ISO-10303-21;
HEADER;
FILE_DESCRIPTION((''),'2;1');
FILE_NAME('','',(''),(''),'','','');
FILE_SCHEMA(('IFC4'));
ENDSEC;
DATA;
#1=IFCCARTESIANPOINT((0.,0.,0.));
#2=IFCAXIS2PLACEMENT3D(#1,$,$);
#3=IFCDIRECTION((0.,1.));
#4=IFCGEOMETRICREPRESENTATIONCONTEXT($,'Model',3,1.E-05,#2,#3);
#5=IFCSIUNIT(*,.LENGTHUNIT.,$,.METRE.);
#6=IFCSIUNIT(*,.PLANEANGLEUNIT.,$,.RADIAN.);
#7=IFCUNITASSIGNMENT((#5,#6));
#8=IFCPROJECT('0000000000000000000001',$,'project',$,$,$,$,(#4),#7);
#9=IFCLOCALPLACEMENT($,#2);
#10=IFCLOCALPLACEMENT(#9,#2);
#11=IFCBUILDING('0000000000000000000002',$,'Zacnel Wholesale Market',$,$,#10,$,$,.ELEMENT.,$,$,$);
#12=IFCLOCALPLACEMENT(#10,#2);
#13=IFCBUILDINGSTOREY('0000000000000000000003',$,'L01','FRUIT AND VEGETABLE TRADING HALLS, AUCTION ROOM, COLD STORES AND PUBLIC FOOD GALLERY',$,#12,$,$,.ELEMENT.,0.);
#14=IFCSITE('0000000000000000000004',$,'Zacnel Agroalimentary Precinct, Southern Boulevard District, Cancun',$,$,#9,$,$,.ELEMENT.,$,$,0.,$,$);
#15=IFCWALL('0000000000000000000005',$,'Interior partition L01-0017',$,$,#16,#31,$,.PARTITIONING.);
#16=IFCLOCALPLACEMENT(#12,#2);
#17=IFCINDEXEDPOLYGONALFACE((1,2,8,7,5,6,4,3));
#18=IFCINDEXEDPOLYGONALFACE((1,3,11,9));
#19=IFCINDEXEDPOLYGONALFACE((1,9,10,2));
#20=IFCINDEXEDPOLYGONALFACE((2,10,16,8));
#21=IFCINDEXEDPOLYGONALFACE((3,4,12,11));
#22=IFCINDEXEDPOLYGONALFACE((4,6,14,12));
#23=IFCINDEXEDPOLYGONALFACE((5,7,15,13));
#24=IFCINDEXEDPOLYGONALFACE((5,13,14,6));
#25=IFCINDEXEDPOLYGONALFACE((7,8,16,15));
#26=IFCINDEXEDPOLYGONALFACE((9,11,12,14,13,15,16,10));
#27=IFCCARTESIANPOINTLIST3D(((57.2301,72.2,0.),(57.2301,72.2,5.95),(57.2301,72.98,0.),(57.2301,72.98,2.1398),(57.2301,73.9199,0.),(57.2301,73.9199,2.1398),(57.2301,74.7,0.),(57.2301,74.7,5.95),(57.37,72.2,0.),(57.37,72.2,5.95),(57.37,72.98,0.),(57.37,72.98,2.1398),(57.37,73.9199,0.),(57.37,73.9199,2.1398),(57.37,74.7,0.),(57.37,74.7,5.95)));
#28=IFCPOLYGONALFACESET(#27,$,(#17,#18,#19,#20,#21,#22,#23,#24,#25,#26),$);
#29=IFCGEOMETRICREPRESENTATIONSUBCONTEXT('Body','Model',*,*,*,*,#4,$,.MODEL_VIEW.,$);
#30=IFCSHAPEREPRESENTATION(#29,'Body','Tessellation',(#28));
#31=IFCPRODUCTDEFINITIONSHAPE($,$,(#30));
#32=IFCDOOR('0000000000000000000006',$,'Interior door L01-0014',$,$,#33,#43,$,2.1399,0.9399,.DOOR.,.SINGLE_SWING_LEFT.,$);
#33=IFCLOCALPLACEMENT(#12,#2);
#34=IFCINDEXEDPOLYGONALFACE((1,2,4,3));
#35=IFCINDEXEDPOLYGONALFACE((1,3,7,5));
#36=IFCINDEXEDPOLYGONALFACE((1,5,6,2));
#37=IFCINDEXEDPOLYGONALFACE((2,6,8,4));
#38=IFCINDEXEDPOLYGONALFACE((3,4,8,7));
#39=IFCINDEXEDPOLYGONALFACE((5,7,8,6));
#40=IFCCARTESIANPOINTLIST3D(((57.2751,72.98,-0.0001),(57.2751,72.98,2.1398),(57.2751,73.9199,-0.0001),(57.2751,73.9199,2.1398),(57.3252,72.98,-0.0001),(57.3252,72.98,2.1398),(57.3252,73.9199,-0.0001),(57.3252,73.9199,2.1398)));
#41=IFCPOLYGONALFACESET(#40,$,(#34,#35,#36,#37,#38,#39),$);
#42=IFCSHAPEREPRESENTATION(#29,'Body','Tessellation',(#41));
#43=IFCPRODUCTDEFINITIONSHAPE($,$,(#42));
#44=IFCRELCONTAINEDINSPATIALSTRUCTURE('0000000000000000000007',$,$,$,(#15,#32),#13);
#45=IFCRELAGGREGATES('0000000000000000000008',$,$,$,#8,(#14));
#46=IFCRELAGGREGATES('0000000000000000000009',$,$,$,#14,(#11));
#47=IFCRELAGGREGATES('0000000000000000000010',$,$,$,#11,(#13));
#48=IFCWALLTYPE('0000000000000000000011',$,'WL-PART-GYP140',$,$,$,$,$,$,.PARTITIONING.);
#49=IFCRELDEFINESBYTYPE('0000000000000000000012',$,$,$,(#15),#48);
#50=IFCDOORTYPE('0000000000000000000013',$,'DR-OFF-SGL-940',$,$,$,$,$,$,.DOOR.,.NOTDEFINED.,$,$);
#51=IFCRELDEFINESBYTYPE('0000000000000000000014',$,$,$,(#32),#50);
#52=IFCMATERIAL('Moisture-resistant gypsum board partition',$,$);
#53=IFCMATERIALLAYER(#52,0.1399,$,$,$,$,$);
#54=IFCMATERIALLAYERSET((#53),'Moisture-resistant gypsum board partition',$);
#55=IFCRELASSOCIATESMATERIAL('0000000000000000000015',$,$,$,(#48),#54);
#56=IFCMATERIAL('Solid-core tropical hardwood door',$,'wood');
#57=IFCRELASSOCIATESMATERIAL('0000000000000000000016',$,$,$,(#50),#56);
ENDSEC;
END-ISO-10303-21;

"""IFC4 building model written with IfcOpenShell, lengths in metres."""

from ifc_helpers import new_model, si_unit, direction, frame, frame_2d, origin, place, context, subcontext, project, spatial, rectangle, extrude, material, layer, layer_set, type_object, element, fill, save


model = new_model("IFC4")

# Units and contexts
model_context = context("Model", 3, precision=1e-05, world=origin(), true_north=direction((0.0, 1.0)))
body_context = subcontext(model_context, "Body", "Model", "MODEL_VIEW")
ifc_project = project(units=[si_unit("LENGTHUNIT", "METRE"), si_unit("PLANEANGLEUNIT", "RADIAN")], contexts=[model_context])

# Site, building, storey
site_placement = place(None, origin())
site = spatial("IfcSite", under=ifc_project, at=site_placement, Name="Zacnel Agroalimentary Precinct, Southern Boulevard District, Cancun", CompositionType="ELEMENT", RefElevation=0.0)
building_placement = place(site_placement, origin())
building = spatial("IfcBuilding", under=site, at=building_placement, Name="Zacnel Wholesale Market", CompositionType="ELEMENT")
storey_placement = place(building_placement, origin())
storey = spatial("IfcBuildingStorey", under=building, at=storey_placement, Name="L01", Description="FRUIT AND VEGETABLE TRADING HALLS, AUCTION ROOM, COLD STORES AND PUBLIC FOOD GALLERY", CompositionType="ELEMENT", Elevation=0.0)

# Wall, opening, door
ifc_material_1 = material(Name="Moisture-resistant gypsum board partition")
ifc_layer_1 = layer(ifc_material_1, 0.1399)
ifc_layer_set_1 = layer_set([ifc_layer_1], Name="Moisture-resistant gypsum board partition")
wall_type_1 = type_object("IfcWallType", Name="WL-PART-GYP140", PredefinedType="PARTITIONING", material=ifc_layer_set_1)
ifc_material_2 = material(Name="Solid-core tropical hardwood door", Category="wood")
door_type_1 = type_object("IfcDoorType", Name="DR-OFF-SGL-940", OperationType="NOTDEFINED", PredefinedType="DOOR", material=ifc_material_2)
wall_1_placement = place(storey_placement, frame((57.3, 72.2, 0.0), z_axis=(0.0, 0.0, 1.0), x_axis=(0.0, 1.0, 0.0)))
wall_1 = element("IfcWall", 1, at=wall_1_placement, inside=storey, type_object=wall_type_1, Name="Interior partition L01-0017", PredefinedType="PARTITIONING", context=body_context, shape_type="SweptSolid", body=[
    extrude(rectangle(XDim=2.5, YDim=0.1399, at=frame_2d((1.25, 0.0))), origin(), (0.0, 0.0, 1.0), 5.95),
])
opening_1_placement = place(wall_1_placement, frame((0.78, 0.0, 0.0)))
opening_1 = element("IfcOpeningElement", 2, at=opening_1_placement, cuts=wall_1, PredefinedType="OPENING", context=body_context, shape_type="SweptSolid", body=[
    extrude(rectangle(XDim=0.9399, YDim=2.1399, at=frame_2d((0.47, 1.0698))), frame((0.0, 0.0798, 0.0), z_axis=(0.0, -1.0, 0.0), x_axis=(1.0, 0.0, 0.0)), (0.0, 0.0, 1.0), 0.1599),
])
door_1_placement = place(opening_1_placement, origin())
door_1 = element("IfcDoor", 3, at=door_1_placement, inside=storey, type_object=door_type_1, Name="Interior door L01-0014", OperationType="SINGLE_SWING_LEFT", OverallHeight=2.1399, OverallWidth=0.9399, PredefinedType="DOOR", context=body_context, shape_type="SweptSolid", body=[
    extrude(rectangle(XDim=0.9399, YDim=2.1399, at=frame_2d((0.47, 1.0698))), frame((0.0, 0.0249, 0.0), z_axis=(0.0, -1.0, 0.0), x_axis=(1.0, 0.0, 0.0)), (0.0, 0.0, 1.0), 0.05),
])
fill(opening_1, door_1)

save(model, "model.ifc")
